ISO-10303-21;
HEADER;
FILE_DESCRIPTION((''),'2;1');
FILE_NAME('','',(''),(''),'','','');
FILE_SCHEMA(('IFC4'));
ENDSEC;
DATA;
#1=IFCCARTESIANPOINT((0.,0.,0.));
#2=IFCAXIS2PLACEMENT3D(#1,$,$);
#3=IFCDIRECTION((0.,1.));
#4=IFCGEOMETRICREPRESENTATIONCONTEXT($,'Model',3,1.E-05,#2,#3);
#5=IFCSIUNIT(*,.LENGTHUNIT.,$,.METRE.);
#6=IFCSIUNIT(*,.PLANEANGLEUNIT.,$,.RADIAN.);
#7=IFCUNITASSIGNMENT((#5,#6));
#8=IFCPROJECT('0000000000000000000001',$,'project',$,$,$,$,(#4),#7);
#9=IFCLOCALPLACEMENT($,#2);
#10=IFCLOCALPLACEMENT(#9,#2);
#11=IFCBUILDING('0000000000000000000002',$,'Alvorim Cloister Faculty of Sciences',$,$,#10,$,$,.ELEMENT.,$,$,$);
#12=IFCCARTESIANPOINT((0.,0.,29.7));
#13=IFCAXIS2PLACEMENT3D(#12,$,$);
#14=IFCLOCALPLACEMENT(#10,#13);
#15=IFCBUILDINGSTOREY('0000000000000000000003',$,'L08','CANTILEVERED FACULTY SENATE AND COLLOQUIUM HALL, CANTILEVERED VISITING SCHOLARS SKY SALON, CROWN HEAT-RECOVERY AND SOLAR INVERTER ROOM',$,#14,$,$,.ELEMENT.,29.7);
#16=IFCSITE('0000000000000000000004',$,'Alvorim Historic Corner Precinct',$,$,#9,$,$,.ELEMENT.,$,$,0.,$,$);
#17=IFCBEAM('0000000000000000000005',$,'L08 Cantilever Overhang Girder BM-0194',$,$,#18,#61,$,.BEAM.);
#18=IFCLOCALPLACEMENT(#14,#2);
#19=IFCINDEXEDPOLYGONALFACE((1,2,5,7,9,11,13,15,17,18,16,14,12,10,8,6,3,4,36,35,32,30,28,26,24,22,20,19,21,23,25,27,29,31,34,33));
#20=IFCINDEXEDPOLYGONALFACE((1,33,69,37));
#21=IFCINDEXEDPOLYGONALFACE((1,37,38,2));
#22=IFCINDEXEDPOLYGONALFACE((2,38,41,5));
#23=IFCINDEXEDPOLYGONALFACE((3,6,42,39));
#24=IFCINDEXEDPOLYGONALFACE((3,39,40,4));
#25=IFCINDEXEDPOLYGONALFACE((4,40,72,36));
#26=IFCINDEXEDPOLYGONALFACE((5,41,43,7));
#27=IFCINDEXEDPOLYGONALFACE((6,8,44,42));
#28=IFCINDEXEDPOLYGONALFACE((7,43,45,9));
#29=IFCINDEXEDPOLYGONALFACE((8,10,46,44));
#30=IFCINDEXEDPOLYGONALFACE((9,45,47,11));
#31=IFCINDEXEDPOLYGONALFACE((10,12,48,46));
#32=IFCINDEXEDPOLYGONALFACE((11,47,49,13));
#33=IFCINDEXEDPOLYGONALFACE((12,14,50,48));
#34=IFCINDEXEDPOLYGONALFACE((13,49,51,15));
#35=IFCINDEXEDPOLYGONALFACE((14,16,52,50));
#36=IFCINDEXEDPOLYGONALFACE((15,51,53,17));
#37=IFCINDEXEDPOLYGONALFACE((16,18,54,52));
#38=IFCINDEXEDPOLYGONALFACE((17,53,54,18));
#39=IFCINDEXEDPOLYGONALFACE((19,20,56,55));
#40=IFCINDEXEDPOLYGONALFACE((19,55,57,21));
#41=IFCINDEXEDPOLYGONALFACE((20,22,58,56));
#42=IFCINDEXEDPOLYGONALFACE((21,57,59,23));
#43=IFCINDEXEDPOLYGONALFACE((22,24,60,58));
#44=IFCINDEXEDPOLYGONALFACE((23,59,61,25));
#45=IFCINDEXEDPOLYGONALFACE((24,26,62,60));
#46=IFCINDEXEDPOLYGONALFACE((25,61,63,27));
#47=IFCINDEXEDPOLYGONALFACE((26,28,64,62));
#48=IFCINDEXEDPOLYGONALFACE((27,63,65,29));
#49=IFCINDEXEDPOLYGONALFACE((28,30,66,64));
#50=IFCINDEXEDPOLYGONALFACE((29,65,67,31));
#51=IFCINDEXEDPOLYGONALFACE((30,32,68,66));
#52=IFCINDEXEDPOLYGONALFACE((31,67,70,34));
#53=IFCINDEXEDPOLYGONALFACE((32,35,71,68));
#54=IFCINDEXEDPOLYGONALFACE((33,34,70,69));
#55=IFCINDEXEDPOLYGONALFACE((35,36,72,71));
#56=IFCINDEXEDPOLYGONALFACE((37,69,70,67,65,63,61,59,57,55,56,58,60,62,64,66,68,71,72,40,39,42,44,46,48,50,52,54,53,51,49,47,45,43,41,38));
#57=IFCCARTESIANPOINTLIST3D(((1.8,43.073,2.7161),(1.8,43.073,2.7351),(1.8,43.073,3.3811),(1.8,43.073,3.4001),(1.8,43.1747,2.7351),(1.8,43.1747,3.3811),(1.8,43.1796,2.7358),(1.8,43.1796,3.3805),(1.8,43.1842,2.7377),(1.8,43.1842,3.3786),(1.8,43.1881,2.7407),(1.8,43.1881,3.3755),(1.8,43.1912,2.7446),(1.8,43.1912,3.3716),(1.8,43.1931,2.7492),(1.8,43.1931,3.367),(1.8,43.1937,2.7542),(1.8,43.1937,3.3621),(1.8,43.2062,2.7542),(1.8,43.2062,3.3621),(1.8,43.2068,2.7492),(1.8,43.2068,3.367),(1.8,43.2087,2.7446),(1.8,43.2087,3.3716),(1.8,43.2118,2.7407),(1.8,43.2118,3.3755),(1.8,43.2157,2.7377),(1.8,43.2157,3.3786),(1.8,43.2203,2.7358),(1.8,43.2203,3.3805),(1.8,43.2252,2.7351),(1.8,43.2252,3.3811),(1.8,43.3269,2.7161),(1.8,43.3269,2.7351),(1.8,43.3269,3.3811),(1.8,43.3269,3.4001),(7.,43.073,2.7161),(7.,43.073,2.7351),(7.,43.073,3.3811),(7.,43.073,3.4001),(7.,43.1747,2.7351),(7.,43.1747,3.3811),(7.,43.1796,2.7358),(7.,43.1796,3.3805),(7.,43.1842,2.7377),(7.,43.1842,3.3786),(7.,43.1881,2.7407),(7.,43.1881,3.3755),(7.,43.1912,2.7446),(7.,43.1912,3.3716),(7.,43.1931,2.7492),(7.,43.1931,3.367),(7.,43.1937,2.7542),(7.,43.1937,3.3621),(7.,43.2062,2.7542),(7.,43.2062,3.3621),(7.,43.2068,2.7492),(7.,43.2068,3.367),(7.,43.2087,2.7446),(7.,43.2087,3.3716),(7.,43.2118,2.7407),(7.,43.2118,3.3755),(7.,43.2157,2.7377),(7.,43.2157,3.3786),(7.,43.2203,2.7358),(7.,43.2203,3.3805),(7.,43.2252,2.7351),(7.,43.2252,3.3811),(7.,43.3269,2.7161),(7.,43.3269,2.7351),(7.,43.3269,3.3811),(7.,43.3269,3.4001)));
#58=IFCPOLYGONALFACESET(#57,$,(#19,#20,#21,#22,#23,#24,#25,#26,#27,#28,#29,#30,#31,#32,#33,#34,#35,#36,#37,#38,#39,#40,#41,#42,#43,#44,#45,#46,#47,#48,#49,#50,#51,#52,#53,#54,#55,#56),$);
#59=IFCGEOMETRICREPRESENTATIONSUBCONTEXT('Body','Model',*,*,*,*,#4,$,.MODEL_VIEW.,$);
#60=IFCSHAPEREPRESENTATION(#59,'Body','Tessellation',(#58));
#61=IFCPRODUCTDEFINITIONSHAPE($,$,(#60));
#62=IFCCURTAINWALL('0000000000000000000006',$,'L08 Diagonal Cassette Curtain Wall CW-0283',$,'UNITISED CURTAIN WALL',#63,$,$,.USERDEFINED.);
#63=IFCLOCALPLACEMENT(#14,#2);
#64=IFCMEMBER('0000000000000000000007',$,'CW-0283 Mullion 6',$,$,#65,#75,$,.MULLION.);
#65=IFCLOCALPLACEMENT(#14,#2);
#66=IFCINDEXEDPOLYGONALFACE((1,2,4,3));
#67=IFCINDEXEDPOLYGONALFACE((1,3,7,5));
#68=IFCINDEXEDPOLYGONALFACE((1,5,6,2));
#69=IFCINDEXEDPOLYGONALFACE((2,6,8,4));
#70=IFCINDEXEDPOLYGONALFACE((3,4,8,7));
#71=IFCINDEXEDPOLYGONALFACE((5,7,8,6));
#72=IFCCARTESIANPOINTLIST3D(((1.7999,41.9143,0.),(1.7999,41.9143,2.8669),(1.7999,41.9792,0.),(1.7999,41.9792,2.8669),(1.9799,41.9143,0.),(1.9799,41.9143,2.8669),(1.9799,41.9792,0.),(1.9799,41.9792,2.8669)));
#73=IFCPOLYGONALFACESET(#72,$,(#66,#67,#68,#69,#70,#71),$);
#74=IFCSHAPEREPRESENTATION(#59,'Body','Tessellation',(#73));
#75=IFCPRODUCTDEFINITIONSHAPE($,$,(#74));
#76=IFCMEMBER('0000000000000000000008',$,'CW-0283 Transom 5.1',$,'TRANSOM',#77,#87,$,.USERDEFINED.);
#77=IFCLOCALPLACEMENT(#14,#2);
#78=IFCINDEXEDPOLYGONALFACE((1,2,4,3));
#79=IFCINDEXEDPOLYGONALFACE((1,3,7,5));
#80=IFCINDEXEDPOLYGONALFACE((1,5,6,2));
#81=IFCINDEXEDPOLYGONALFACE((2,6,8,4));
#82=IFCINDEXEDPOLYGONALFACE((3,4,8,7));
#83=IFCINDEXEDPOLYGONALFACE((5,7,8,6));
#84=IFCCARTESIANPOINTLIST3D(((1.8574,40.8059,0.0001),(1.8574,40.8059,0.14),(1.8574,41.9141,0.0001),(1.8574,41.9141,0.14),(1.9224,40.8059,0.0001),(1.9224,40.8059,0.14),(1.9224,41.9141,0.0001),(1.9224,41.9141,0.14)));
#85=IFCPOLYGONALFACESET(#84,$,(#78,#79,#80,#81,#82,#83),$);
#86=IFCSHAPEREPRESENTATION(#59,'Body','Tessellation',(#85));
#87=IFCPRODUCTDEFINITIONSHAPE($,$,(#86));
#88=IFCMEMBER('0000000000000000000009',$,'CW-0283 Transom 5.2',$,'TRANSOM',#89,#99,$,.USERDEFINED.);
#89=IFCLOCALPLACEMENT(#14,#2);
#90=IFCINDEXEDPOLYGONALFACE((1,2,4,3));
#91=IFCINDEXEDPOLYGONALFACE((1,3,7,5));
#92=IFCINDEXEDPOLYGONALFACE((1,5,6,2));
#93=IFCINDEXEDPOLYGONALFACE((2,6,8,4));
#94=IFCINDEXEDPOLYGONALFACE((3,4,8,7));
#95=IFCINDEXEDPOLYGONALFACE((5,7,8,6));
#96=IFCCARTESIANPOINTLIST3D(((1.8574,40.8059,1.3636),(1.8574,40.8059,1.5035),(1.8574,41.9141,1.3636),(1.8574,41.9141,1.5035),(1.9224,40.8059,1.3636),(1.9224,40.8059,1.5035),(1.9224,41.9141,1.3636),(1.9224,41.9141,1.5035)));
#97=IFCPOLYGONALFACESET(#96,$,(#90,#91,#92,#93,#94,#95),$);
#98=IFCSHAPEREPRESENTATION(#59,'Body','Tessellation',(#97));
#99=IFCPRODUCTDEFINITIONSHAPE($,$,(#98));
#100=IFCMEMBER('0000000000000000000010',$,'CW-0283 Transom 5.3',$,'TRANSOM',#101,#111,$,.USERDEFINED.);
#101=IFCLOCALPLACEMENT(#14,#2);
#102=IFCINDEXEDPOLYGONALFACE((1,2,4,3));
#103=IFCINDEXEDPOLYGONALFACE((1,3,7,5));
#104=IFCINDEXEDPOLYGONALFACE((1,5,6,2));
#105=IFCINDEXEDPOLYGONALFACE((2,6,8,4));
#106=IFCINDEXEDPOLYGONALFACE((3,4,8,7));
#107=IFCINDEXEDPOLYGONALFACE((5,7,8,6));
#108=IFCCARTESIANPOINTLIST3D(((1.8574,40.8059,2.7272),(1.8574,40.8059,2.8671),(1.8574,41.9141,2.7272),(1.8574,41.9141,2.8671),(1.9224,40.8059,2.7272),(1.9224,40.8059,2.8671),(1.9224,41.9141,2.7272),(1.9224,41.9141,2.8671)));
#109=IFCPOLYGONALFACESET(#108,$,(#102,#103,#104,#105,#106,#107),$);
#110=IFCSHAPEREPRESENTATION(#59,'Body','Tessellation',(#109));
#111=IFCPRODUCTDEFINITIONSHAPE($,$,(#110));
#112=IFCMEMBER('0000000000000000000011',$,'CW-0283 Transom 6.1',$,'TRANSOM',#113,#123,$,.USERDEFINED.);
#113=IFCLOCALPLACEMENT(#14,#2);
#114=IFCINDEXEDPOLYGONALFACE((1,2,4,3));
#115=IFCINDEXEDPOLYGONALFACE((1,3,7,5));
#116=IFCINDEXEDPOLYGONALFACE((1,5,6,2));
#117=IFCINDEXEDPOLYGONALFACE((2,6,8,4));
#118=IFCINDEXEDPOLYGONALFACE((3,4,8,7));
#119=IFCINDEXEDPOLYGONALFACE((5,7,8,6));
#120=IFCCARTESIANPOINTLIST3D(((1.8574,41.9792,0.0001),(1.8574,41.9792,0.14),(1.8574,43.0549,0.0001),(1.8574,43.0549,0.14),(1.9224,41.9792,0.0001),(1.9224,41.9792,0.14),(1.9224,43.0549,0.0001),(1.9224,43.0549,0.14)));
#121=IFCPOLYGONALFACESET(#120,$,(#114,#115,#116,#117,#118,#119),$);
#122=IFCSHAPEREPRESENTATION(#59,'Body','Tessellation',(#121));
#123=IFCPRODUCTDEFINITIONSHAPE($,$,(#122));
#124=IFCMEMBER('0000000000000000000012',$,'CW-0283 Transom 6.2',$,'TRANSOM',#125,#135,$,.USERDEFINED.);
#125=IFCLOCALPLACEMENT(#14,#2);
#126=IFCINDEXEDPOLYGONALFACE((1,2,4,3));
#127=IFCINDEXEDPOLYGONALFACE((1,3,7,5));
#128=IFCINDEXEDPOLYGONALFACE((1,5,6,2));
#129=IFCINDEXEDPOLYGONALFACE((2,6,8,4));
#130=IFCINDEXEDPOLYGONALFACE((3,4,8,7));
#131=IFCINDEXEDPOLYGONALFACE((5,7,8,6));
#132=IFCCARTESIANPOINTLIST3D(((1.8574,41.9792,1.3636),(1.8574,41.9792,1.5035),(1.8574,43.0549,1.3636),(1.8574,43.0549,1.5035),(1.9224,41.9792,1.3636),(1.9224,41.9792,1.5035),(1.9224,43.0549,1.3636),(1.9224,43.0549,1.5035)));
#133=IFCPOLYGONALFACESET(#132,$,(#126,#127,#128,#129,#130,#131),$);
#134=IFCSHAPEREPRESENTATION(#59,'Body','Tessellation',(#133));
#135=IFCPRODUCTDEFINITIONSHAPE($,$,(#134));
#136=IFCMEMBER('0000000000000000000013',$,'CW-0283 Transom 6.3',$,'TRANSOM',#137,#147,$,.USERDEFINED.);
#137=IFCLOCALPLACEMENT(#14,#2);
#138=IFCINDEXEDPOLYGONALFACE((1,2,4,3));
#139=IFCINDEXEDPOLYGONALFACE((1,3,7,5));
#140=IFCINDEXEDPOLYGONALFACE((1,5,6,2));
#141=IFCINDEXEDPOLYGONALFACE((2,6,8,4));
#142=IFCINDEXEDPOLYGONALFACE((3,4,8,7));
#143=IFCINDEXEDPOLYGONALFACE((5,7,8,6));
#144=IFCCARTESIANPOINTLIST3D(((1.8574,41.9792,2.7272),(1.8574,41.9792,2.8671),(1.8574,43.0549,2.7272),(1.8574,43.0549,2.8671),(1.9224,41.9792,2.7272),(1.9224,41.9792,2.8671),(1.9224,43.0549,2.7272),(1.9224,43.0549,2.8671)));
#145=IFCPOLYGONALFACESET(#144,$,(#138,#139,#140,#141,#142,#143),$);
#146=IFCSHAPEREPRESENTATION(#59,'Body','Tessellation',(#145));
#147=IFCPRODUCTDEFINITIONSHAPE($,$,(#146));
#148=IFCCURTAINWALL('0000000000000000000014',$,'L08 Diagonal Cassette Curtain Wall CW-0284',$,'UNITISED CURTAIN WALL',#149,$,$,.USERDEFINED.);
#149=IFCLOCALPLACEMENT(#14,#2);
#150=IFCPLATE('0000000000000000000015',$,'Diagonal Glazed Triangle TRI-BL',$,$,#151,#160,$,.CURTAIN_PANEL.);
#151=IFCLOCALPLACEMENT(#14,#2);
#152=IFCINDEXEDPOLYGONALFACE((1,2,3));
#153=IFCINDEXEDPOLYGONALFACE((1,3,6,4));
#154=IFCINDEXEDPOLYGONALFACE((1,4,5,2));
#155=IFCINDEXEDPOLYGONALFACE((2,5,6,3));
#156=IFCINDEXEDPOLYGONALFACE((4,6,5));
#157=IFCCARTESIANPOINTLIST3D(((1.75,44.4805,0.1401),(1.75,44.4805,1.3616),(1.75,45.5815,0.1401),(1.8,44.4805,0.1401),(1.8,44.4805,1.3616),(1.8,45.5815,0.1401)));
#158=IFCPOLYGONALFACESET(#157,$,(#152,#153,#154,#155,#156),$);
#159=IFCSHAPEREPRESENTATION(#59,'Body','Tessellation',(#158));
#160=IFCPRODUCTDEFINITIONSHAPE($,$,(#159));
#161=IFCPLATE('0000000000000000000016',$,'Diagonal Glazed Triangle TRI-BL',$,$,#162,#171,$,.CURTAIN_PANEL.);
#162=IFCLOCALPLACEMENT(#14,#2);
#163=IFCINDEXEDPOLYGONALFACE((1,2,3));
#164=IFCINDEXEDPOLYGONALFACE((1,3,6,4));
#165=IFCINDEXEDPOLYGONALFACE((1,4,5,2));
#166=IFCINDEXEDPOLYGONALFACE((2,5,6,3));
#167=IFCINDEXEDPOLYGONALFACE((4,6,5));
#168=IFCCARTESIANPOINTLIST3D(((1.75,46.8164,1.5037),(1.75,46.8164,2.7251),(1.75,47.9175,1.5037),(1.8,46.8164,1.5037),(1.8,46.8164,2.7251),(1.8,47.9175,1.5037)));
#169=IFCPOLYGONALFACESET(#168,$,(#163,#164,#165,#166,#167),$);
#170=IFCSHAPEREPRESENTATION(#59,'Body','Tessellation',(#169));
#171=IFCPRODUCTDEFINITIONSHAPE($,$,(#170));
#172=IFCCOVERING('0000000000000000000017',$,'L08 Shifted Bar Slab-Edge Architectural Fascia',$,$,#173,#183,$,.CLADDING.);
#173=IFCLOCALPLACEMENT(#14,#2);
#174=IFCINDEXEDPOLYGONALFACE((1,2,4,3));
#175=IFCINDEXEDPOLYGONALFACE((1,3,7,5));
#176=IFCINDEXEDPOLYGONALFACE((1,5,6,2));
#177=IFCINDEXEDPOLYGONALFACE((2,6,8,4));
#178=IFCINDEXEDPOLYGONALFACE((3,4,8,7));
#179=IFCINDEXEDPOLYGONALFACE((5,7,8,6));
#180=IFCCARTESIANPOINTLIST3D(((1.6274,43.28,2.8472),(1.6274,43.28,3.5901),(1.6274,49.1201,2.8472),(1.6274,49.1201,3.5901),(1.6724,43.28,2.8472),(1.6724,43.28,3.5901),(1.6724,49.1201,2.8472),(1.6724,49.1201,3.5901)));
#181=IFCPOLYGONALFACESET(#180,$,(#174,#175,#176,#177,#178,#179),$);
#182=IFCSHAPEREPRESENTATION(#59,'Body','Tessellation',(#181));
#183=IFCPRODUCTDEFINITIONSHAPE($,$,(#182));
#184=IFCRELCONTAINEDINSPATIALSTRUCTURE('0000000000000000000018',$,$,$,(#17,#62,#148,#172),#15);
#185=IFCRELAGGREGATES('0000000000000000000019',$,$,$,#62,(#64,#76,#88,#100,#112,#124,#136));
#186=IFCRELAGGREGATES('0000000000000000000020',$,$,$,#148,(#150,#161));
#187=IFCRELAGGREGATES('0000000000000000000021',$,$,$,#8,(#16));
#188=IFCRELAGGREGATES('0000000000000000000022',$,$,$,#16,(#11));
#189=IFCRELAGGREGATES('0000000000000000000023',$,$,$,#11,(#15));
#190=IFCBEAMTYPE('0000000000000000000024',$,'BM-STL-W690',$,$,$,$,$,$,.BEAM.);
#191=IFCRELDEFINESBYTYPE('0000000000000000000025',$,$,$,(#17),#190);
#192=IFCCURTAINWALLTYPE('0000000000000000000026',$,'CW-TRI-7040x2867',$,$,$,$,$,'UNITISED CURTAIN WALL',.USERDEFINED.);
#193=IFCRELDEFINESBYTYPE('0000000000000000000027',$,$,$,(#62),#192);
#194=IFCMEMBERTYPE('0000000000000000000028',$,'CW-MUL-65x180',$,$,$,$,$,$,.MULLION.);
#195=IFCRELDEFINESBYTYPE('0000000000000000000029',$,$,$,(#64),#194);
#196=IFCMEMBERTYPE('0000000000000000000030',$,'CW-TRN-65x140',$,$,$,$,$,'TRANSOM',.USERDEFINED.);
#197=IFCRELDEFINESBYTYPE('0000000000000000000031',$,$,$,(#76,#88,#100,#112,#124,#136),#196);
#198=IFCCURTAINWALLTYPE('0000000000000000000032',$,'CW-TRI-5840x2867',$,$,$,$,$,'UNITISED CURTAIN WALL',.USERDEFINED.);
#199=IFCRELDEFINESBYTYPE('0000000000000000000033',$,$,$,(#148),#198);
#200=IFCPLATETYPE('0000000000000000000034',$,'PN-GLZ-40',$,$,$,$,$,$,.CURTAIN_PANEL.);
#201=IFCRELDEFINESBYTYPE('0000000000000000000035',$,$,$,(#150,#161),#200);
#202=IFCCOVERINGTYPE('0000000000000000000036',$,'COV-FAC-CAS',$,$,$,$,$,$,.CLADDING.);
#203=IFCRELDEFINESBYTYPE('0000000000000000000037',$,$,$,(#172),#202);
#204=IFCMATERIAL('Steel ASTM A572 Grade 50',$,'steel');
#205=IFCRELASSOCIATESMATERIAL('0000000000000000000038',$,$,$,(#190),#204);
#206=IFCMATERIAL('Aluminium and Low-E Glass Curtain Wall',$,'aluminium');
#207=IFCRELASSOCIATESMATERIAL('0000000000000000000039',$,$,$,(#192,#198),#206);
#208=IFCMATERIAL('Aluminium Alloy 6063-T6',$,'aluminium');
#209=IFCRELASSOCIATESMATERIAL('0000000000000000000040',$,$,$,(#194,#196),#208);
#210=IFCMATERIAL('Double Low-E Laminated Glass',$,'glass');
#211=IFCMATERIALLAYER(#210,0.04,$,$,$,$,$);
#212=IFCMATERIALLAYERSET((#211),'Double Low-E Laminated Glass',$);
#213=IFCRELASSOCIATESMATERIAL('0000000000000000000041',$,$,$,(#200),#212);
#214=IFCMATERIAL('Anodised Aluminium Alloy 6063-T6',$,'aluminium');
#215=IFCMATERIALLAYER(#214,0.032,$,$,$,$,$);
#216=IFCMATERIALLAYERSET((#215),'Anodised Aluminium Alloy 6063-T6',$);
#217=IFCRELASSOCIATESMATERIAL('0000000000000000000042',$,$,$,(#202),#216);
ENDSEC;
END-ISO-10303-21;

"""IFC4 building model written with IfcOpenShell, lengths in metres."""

from ifc_helpers import new_model, si_unit, direction, frame, origin, origin_2d, place, context, subcontext, project, spatial, polyline, rectangle, i_section, outline, extrude, material, layer, layer_set, material_profile, profile_set, type_object, element, aggregate, save


model = new_model("IFC4")

# Units and contexts
model_context = context("Model", 3, precision=1e-05, world=origin(), true_north=direction((0.0, 1.0)))
body_context = subcontext(model_context, "Body", "Model", "MODEL_VIEW")
ifc_project = project(units=[si_unit("LENGTHUNIT", "METRE"), si_unit("PLANEANGLEUNIT", "RADIAN")], contexts=[model_context])

# Site, building, storey
site_placement = place(None, origin())
site = spatial("IfcSite", under=ifc_project, at=site_placement, Name="Alvorim Historic Corner Precinct", CompositionType="ELEMENT", RefElevation=0.0)
building_placement = place(site_placement, origin())
building = spatial("IfcBuilding", under=site, at=building_placement, Name="Alvorim Cloister Faculty of Sciences", CompositionType="ELEMENT")
storey_placement = place(building_placement, frame((0.0, 0.0, 29.7)))
storey = spatial("IfcBuildingStorey", under=building, at=storey_placement, Name="L08", Description="CANTILEVERED FACULTY SENATE AND COLLOQUIUM HALL, CANTILEVERED VISITING SCHOLARS SKY SALON, CROWN HEAT-RECOVERY AND SOLAR INVERTER ROOM", CompositionType="ELEMENT", Elevation=29.7)

# Beam
ifc_material_1 = material(Name="Steel ASTM A572 Grade 50", Category="steel")
ifc_material_profile_1 = material_profile(ifc_material_1, i_section(OverallWidth=0.2539, OverallDepth=0.6841, WebThickness=0.0125, FlangeThickness=0.019, FilletRadius=0.019, at=origin_2d()), Name="W690x140.0")
ifc_profile_set_1 = profile_set([ifc_material_profile_1], Name="Steel ASTM A572 Grade 50")
beam_type = type_object("IfcBeamType", Name="BM-STL-W690", PredefinedType="BEAM", material=ifc_profile_set_1)
beam_placement = place(storey_placement, frame((1.8, 43.2, 3.0581), z_axis=(1.0, 0.0, 0.0), x_axis=(0.0, 1.0, 0.0)))
element("IfcBeam", 1, at=beam_placement, inside=storey, type_object=beam_type, Name="L08 Cantilever Overhang Girder BM-0194", PredefinedType="BEAM", context=body_context, shape_type="SweptSolid", body=[
    extrude(i_section(OverallWidth=0.2539, OverallDepth=0.6841, WebThickness=0.0125, FlangeThickness=0.019, FilletRadius=0.019, at=origin_2d()), origin(), (0.0, 0.0, 1.0), 5.2),
])

# Curtain wall, members
ifc_material_2 = material(Name="Aluminium and Low-E Glass Curtain Wall", Category="aluminium")
curtain_wall_type_1 = type_object("IfcCurtainWallType", Name="CW-TRI-7040x2867", ElementType="UNITISED CURTAIN WALL", PredefinedType="USERDEFINED", material=ifc_material_2)
curtain_wall_1_placement = place(storey_placement, origin())
curtain_wall_1 = element("IfcCurtainWall", 2, at=curtain_wall_1_placement, inside=storey, type_object=curtain_wall_type_1, Name="L08 Diagonal Cassette Curtain Wall CW-0283", ObjectType="UNITISED CURTAIN WALL", PredefinedType="USERDEFINED")
ifc_material_3 = material(Name="Aluminium Alloy 6063-T6", Category="aluminium")
ifc_material_profile_2 = material_profile(ifc_material_3, rectangle(XDim=0.0649, YDim=0.1799, at=origin_2d()), Name="ALU-MUL-65x180")
ifc_profile_set_2 = profile_set([ifc_material_profile_2], Name="Aluminium Alloy 6063-T6")
member_type_1 = type_object("IfcMemberType", Name="CW-MUL-65x180", PredefinedType="MULLION", material=ifc_profile_set_2)
member_1_placement = place(storey_placement, frame((1.8899, 41.9468, 0.0), z_axis=(0.0, 0.0, 1.0), x_axis=(0.0, 1.0, 0.0)))
member_1 = element("IfcMember", 3, at=member_1_placement, type_object=member_type_1, Name="CW-0283 Mullion 6", PredefinedType="MULLION", context=body_context, shape_type="SweptSolid", body=[
    extrude(rectangle(XDim=0.0649, YDim=0.1799, at=origin_2d()), origin(), (0.0, 0.0, 1.0), 2.8669),
])
ifc_material_profile_3 = material_profile(ifc_material_3, rectangle(XDim=0.0649, YDim=0.1399, at=origin_2d()), Name="ALU-TRN-65x140")
ifc_profile_set_3 = profile_set([ifc_material_profile_3], Name="Aluminium Alloy 6063-T6")
member_type_2 = type_object("IfcMemberType", Name="CW-TRN-65x140", ElementType="TRANSOM", PredefinedType="USERDEFINED", material=ifc_profile_set_3)
member_2_placement = place(storey_placement, frame((1.8899, 40.8059, 0.0701), z_axis=(0.0, 1.0, 0.0), x_axis=(-1.0, 0.0, 0.0)))
member_2 = element("IfcMember", 4, at=member_2_placement, type_object=member_type_2, Name="CW-0283 Transom 5.1", ObjectType="TRANSOM", PredefinedType="USERDEFINED", context=body_context, shape_type="SweptSolid", body=[
    extrude(rectangle(XDim=0.0649, YDim=0.1399, at=origin_2d()), origin(), (0.0, 0.0, 1.0), 1.1082),
])
member_3_placement = place(storey_placement, frame((1.8899, 40.8059, 1.4336), z_axis=(0.0, 1.0, 0.0), x_axis=(-1.0, 0.0, 0.0)))
member_3 = element("IfcMember", 5, at=member_3_placement, type_object=member_type_2, Name="CW-0283 Transom 5.2", ObjectType="TRANSOM", PredefinedType="USERDEFINED", context=body_context, shape_type="SweptSolid", body=[
    extrude(rectangle(XDim=0.0649, YDim=0.1399, at=origin_2d()), origin(), (0.0, 0.0, 1.0), 1.1082),
])
member_4_placement = place(storey_placement, frame((1.8899, 40.8059, 2.7971), z_axis=(0.0, 1.0, 0.0), x_axis=(-1.0, 0.0, 0.0)))
member_4 = element("IfcMember", 6, at=member_4_placement, type_object=member_type_2, Name="CW-0283 Transom 5.3", ObjectType="TRANSOM", PredefinedType="USERDEFINED", context=body_context, shape_type="SweptSolid", body=[
    extrude(rectangle(XDim=0.0649, YDim=0.1399, at=origin_2d()), origin(), (0.0, 0.0, 1.0), 1.1082),
])
member_5_placement = place(storey_placement, frame((1.8899, 41.9792, 0.0701), z_axis=(0.0, 1.0, 0.0), x_axis=(-1.0, 0.0, 0.0)))
member_5 = element("IfcMember", 7, at=member_5_placement, type_object=member_type_2, Name="CW-0283 Transom 6.1", ObjectType="TRANSOM", PredefinedType="USERDEFINED", context=body_context, shape_type="SweptSolid", body=[
    extrude(rectangle(XDim=0.0649, YDim=0.1399, at=origin_2d()), origin(), (0.0, 0.0, 1.0), 1.0757),
])
member_6_placement = place(storey_placement, frame((1.8899, 41.9792, 1.4336), z_axis=(0.0, 1.0, 0.0), x_axis=(-1.0, 0.0, 0.0)))
member_6 = element("IfcMember", 8, at=member_6_placement, type_object=member_type_2, Name="CW-0283 Transom 6.2", ObjectType="TRANSOM", PredefinedType="USERDEFINED", context=body_context, shape_type="SweptSolid", body=[
    extrude(rectangle(XDim=0.0649, YDim=0.1399, at=origin_2d()), origin(), (0.0, 0.0, 1.0), 1.0757),
])
member_7_placement = place(storey_placement, frame((1.8899, 41.9792, 2.7971), z_axis=(0.0, 1.0, 0.0), x_axis=(-1.0, 0.0, 0.0)))
member_7 = element("IfcMember", 9, at=member_7_placement, type_object=member_type_2, Name="CW-0283 Transom 6.3", ObjectType="TRANSOM", PredefinedType="USERDEFINED", context=body_context, shape_type="SweptSolid", body=[
    extrude(rectangle(XDim=0.0649, YDim=0.1399, at=origin_2d()), origin(), (0.0, 0.0, 1.0), 1.0757),
])
ifc_material_4 = material(Name="Double Low-E Laminated Glass", Category="glass")
ifc_layer_1 = layer(ifc_material_4, 0.04)
ifc_layer_set_1 = layer_set([ifc_layer_1], Name="Double Low-E Laminated Glass")
plate_type = type_object("IfcPlateType", Name="PN-GLZ-40", PredefinedType="CURTAIN_PANEL", material=ifc_layer_set_1)
aggregate(curtain_wall_1, [member_1, member_2, member_3, member_4, member_5, member_6, member_7])

# Curtain wall, plates
curtain_wall_type_2 = type_object("IfcCurtainWallType", Name="CW-TRI-5840x2867", ElementType="UNITISED CURTAIN WALL", PredefinedType="USERDEFINED", material=ifc_material_2)
curtain_wall_2_placement = place(storey_placement, origin())
curtain_wall_2 = element("IfcCurtainWall", 10, at=curtain_wall_2_placement, inside=storey, type_object=curtain_wall_type_2, Name="L08 Diagonal Cassette Curtain Wall CW-0284", ObjectType="UNITISED CURTAIN WALL", PredefinedType="USERDEFINED")
plate_1_placement = place(storey_placement, frame((1.7749, 44.4805, 0.1401), z_axis=(0.0, 0.0, 1.0), x_axis=(0.0, 1.0, 0.0)))
plate_1 = element("IfcPlate", 11, at=plate_1_placement, type_object=plate_type, Name="Diagonal Glazed Triangle TRI-BL", PredefinedType="CURTAIN_PANEL", context=body_context, shape_type="SweptSolid", body=[
    extrude(outline(polyline([(0.0, 0.0), (1.1011, 0.0), (0.0, 1.2214), (0.0, 0.0)])), frame((0.0, 0.0249, 0.0), z_axis=(0.0, -1.0, 0.0), x_axis=(1.0, 0.0, 0.0)), (0.0, 0.0, 1.0), 0.05),
])
plate_2_placement = place(storey_placement, frame((1.7749, 46.8164, 1.5037), z_axis=(0.0, 0.0, 1.0), x_axis=(0.0, 1.0, 0.0)))
plate_2 = element("IfcPlate", 12, at=plate_2_placement, type_object=plate_type, Name="Diagonal Glazed Triangle TRI-BL", PredefinedType="CURTAIN_PANEL", context=body_context, shape_type="SweptSolid", body=[
    extrude(outline(polyline([(0.0, 0.0), (1.1011, 0.0), (0.0, 1.2214), (0.0, 0.0)])), frame((0.0, 0.0249, 0.0), z_axis=(0.0, -1.0, 0.0), x_axis=(1.0, 0.0, 0.0)), (0.0, 0.0, 1.0), 0.05),
])
aggregate(curtain_wall_2, [plate_1, plate_2])

# Covering
ifc_material_5 = material(Name="Anodised Aluminium Alloy 6063-T6", Category="aluminium")
ifc_layer_2 = layer(ifc_material_5, 0.032)
ifc_layer_set_2 = layer_set([ifc_layer_2], Name="Anodised Aluminium Alloy 6063-T6")
covering_type = type_object("IfcCoveringType", Name="COV-FAC-CAS", PredefinedType="CLADDING", material=ifc_layer_set_2)
covering_placement = place(storey_placement, frame((1.6499, 43.28, 2.8472), z_axis=(0.0, 0.0, 1.0), x_axis=(0.0, 1.0, 0.0)))
element("IfcCovering", 13, at=covering_placement, inside=storey, type_object=covering_type, Name="L08 Shifted Bar Slab-Edge Architectural Fascia", PredefinedType="CLADDING", context=body_context, shape_type="SweptSolid", body=[
    extrude(outline(polyline([(0.0, 0.0), (5.8401, 0.0), (5.8401, 0.7429), (0.0, 0.7429), (0.0, 0.0)])), frame((0.0, 0.0225, 0.0), z_axis=(0.0, -1.0, 0.0), x_axis=(1.0, 0.0, 0.0)), (0.0, 0.0, 1.0), 0.0449),
])

save(model, "model.ifc")
